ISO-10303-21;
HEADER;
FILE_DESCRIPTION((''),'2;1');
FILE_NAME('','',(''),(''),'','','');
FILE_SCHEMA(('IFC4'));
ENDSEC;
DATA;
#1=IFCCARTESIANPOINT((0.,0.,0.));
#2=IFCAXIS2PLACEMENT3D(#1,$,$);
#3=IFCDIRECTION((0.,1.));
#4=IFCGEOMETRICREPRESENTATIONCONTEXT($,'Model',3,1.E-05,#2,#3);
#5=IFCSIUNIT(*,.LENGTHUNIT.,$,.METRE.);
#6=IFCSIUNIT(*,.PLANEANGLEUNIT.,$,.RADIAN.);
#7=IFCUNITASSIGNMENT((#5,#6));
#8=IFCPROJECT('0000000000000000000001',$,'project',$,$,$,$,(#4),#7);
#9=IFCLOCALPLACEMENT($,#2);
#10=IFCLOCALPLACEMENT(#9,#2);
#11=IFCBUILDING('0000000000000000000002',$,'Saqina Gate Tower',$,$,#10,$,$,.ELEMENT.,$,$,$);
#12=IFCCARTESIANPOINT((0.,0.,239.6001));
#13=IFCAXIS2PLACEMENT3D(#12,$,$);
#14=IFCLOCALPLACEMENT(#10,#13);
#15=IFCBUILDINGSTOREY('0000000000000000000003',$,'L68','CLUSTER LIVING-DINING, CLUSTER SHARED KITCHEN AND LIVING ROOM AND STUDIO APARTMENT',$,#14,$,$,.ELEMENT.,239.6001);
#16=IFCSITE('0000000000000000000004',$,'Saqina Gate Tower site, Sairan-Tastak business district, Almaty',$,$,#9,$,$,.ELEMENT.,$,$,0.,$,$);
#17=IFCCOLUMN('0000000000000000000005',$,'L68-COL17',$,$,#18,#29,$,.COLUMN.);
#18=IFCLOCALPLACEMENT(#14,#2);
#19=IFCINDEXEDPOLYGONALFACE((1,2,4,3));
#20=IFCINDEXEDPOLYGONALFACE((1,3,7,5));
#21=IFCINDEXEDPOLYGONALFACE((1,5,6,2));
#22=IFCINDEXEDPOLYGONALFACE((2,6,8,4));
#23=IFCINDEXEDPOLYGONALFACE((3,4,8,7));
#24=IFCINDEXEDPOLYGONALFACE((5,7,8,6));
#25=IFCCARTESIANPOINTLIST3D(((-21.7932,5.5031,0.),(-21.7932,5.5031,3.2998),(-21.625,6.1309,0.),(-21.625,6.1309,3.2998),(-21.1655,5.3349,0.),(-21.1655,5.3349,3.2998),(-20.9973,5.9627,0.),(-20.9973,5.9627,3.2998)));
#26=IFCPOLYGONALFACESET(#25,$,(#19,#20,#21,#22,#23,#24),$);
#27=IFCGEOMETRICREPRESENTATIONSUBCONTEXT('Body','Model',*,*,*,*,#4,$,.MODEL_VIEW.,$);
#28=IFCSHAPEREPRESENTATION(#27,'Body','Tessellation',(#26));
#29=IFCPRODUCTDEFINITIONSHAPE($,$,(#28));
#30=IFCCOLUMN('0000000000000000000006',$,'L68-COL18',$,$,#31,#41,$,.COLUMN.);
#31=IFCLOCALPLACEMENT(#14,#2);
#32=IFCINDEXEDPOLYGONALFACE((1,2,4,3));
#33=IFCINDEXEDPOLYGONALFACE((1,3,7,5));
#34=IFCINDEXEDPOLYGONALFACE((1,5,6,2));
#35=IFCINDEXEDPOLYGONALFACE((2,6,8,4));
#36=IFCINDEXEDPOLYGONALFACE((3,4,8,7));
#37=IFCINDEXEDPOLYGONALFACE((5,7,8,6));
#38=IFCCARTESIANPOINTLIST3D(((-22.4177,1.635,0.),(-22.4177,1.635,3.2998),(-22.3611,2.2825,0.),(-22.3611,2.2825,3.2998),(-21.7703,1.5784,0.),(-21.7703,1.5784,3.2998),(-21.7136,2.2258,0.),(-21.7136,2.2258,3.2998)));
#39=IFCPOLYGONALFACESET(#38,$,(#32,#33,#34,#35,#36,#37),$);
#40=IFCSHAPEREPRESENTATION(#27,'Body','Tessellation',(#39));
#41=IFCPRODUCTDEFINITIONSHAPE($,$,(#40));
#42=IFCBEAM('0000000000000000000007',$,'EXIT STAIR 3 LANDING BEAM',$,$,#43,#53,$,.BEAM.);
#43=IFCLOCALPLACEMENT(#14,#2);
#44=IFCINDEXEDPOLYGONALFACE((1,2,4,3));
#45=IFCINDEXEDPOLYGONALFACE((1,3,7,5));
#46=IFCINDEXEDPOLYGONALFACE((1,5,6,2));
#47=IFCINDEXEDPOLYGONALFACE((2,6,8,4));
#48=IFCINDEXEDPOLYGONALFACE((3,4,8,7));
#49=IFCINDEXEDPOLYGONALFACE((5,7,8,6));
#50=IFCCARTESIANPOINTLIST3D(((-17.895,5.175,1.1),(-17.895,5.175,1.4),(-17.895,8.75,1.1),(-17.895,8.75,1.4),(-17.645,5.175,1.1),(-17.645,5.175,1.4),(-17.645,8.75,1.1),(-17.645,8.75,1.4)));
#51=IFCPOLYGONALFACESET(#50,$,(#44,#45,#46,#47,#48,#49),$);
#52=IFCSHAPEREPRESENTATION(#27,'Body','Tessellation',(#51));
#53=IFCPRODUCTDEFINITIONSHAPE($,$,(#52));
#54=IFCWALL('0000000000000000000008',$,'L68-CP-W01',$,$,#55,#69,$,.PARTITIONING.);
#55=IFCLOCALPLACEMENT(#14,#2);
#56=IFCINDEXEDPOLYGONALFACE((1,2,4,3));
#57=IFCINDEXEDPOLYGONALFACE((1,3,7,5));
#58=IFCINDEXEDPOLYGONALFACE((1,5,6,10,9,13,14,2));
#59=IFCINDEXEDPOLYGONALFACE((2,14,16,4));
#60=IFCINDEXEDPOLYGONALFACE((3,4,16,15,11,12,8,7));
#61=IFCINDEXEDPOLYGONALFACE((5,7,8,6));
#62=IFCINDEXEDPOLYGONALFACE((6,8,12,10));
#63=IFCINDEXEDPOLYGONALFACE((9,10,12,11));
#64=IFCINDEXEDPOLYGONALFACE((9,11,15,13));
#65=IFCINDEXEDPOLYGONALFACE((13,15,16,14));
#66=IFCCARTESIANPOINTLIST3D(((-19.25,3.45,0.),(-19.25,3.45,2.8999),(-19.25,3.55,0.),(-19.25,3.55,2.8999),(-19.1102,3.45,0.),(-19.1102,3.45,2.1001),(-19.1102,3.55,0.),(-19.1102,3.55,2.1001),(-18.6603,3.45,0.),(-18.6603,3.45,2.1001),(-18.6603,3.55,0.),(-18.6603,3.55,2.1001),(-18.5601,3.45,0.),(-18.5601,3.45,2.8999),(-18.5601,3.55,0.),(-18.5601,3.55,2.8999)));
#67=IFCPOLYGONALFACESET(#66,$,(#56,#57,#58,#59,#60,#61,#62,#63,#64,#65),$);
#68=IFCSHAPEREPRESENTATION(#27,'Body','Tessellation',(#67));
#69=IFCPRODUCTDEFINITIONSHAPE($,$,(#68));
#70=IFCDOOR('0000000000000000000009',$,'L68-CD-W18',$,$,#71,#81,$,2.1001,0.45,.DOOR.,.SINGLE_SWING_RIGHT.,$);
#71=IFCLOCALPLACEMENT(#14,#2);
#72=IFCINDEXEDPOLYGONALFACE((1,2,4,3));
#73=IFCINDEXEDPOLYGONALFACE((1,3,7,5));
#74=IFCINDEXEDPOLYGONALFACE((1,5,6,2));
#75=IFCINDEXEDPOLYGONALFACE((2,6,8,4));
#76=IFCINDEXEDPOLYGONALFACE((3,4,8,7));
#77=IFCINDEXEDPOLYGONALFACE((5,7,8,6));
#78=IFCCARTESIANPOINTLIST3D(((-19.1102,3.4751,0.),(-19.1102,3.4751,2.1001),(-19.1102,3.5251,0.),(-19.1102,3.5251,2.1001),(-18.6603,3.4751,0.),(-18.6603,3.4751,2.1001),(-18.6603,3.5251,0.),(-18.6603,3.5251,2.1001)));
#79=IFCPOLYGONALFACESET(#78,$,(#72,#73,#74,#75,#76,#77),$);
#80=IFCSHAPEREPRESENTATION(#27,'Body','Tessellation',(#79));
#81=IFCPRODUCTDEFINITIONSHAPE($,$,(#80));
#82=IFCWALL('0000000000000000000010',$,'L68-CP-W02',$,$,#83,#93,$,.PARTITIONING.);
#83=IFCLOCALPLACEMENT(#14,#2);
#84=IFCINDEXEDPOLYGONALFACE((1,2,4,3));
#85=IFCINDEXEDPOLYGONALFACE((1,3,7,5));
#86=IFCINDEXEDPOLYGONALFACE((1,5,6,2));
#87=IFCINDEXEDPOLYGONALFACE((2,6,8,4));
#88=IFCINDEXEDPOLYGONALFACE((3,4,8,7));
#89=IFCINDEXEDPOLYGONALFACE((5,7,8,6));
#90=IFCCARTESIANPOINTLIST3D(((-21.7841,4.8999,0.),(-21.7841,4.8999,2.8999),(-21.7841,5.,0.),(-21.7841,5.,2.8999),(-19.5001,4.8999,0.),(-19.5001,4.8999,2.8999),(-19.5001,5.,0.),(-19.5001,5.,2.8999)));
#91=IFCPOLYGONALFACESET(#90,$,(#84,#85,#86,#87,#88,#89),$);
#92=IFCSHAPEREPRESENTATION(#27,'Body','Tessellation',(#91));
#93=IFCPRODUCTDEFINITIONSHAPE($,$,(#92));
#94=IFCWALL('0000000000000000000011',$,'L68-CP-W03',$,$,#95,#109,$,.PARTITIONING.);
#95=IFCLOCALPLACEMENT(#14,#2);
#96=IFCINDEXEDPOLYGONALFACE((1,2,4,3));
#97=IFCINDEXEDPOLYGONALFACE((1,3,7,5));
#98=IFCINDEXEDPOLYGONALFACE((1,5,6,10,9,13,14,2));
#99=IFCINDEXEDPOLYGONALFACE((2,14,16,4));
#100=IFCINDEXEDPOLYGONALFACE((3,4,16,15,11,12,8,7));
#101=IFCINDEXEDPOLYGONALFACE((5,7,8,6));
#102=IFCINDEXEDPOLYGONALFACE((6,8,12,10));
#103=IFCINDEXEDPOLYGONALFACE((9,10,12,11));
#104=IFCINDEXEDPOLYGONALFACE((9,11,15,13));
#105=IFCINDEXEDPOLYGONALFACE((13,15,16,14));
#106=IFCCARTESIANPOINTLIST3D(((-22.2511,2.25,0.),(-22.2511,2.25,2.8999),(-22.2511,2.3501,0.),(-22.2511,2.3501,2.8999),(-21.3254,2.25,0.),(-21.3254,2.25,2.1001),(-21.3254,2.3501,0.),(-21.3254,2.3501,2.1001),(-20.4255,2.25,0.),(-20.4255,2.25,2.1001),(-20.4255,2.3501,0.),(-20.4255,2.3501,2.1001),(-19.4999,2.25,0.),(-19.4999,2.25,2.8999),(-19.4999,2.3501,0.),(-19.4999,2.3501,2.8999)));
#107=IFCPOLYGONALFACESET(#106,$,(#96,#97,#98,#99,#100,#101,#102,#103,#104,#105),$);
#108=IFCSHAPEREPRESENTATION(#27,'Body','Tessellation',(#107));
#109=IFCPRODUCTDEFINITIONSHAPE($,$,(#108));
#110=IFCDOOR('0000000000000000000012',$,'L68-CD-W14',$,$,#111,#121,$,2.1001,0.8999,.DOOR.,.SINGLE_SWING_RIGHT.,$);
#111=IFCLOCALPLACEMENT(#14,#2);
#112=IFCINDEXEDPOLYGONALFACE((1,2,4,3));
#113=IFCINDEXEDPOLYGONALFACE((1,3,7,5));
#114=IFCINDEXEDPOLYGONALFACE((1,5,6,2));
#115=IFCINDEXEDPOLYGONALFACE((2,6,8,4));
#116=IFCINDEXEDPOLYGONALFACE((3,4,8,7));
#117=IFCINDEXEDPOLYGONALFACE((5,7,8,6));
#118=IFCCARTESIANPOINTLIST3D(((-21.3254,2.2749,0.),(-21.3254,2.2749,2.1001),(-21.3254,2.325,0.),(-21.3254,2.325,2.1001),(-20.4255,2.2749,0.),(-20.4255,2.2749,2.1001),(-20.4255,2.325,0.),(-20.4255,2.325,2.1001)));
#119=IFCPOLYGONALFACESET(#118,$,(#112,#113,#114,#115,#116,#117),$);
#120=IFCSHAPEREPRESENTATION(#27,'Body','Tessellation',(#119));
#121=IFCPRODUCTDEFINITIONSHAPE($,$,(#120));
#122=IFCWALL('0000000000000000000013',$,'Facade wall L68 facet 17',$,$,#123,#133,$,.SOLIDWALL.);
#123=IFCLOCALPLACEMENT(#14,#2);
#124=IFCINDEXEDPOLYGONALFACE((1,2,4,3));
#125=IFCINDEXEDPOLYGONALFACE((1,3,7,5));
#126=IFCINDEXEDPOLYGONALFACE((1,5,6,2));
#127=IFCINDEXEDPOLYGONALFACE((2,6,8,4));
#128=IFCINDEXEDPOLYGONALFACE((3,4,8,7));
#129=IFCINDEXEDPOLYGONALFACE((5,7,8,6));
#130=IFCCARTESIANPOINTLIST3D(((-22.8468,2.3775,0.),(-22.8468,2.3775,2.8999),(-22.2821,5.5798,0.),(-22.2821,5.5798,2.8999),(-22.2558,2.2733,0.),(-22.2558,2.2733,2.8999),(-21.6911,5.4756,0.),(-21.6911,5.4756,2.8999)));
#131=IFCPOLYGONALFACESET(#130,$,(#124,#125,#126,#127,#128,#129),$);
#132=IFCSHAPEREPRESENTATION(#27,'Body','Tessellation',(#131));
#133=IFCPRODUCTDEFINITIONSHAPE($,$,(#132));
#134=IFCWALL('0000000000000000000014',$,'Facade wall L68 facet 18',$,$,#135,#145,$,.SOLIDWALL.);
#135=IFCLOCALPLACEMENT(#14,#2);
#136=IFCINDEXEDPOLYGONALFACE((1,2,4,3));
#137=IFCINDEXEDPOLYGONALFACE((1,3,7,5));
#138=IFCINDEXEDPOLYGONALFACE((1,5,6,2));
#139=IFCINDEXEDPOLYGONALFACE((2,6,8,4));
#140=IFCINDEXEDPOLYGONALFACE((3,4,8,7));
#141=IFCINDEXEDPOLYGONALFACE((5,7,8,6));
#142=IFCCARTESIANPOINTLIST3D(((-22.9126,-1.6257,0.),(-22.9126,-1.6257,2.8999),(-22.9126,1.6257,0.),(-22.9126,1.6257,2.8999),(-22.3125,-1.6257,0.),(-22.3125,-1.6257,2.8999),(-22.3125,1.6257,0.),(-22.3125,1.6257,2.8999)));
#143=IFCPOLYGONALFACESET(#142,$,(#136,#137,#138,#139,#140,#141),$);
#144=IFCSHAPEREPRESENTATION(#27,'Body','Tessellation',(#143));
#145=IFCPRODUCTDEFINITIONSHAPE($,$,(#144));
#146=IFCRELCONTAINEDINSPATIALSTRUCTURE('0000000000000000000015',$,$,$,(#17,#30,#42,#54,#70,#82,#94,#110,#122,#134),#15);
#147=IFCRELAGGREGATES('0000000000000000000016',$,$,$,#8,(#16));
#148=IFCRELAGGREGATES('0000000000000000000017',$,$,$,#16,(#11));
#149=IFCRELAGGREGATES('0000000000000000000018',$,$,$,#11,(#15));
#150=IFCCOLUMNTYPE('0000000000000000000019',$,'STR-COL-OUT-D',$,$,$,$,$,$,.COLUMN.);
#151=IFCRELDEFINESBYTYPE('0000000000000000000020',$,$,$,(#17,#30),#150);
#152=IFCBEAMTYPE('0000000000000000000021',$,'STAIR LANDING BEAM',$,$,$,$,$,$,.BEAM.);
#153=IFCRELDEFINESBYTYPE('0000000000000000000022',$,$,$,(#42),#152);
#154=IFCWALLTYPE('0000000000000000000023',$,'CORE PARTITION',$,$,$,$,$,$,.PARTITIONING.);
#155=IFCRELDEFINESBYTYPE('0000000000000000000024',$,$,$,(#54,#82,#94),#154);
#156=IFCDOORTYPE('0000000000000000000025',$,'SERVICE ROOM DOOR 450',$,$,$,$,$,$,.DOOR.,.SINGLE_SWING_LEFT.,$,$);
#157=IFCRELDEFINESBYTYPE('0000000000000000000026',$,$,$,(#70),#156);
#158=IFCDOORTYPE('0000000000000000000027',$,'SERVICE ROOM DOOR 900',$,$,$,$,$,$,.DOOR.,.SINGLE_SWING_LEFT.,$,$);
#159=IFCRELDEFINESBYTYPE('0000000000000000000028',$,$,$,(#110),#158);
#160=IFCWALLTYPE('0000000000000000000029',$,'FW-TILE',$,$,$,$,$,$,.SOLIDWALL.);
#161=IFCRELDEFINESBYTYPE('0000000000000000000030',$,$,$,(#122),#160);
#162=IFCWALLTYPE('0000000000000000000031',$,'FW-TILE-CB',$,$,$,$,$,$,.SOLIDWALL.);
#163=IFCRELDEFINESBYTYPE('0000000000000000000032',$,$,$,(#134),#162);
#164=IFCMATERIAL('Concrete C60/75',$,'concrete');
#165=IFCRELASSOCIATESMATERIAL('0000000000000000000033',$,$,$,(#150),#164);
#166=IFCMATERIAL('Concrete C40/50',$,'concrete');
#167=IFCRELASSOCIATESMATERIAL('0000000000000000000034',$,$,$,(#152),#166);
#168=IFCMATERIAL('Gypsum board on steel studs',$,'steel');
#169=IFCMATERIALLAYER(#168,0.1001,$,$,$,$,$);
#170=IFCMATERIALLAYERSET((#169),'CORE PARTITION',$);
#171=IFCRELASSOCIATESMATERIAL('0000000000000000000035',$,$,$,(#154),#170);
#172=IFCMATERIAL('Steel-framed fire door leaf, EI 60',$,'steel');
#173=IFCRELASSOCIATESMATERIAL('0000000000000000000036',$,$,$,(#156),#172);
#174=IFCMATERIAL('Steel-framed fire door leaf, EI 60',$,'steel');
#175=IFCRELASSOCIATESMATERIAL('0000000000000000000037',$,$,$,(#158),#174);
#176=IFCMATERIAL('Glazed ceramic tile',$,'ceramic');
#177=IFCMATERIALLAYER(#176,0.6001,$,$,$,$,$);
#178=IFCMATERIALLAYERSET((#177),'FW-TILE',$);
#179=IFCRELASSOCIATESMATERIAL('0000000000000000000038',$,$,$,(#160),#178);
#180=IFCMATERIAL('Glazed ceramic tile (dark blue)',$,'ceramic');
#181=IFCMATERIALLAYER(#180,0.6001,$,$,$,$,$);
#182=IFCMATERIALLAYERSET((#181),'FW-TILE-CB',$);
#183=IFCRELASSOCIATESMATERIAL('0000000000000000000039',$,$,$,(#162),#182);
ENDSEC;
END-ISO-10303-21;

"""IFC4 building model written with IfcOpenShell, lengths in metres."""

from ifc_helpers import new_model, si_unit, direction, frame, frame_2d, origin, origin_2d, place, context, subcontext, project, spatial, rectangle, extrude, material, layer, layer_set, material_profile, profile_set, type_object, element, fill, save


model = new_model("IFC4")

# Units and contexts
model_context = context("Model", 3, precision=1e-05, world=origin(), true_north=direction((0.0, 1.0)))
body_context = subcontext(model_context, "Body", "Model", "MODEL_VIEW")
ifc_project = project(units=[si_unit("LENGTHUNIT", "METRE"), si_unit("PLANEANGLEUNIT", "RADIAN")], contexts=[model_context])

# Site, building, storey
site_placement = place(None, origin())
site = spatial("IfcSite", under=ifc_project, at=site_placement, Name="Saqina Gate Tower site, Sairan-Tastak business district, Almaty", CompositionType="ELEMENT", RefElevation=0.0)
building_placement = place(site_placement, origin())
building = spatial("IfcBuilding", under=site, at=building_placement, Name="Saqina Gate Tower", CompositionType="ELEMENT")
storey_placement = place(building_placement, frame((0.0, 0.0, 239.6001)))
storey = spatial("IfcBuildingStorey", under=building, at=storey_placement, Name="L68", Description="CLUSTER LIVING-DINING, CLUSTER SHARED KITCHEN AND LIVING ROOM AND STUDIO APARTMENT", CompositionType="ELEMENT", Elevation=239.6001)

# Columns
ifc_material_1 = material(Name="Concrete C60/75", Category="concrete")
ifc_material_profile_1 = material_profile(ifc_material_1, rectangle(XDim=0.6499, YDim=0.6499, at=origin_2d()), Name="RC 650x650")
ifc_profile_set_1 = profile_set([ifc_material_profile_1], Name="Concrete C60/75")
column_type = type_object("IfcColumnType", Name="STR-COL-OUT-D", PredefinedType="COLUMN", material=ifc_profile_set_1)
for number, where, z_axis, x_axis, name in (
    (1, (-21.3953, 5.7329, 0.0), (0.0, 0.0, 1.0), (-0.965926, 0.258819, 0.0), "L68-COL17"),
    (2, (-22.0657, 1.9304, 0.0), (0.0, 0.0, 1.0), (-0.996195, 0.087156, 0.0), "L68-COL18"),
):
    element("IfcColumn", number, at=place(storey_placement, frame(where, z_axis=z_axis, x_axis=x_axis)), inside=storey, type_object=column_type, Name=name, PredefinedType="COLUMN", context=body_context, shape_type="SweptSolid", body=[
        extrude(rectangle(XDim=0.6499, YDim=0.6499, at=origin_2d()), origin(), (0.0, 0.0, 1.0), 3.2998),
    ])

# Beam
ifc_material_2 = material(Name="Concrete C40/50", Category="concrete")
ifc_material_profile_2 = material_profile(ifc_material_2, rectangle(XDim=0.25, YDim=0.3, at=origin_2d()), Name="STAIR LANDING BEAM")
ifc_profile_set_2 = profile_set([ifc_material_profile_2], Name="Concrete C40/50")
beam_type = type_object("IfcBeamType", Name="STAIR LANDING BEAM", PredefinedType="BEAM", material=ifc_profile_set_2)
beam_placement = place(storey_placement, frame((-17.77, 5.175, 1.25), z_axis=(0.0, 1.0, 0.0), x_axis=(-1.0, 0.0, 0.0)))
element("IfcBeam", 3, at=beam_placement, inside=storey, type_object=beam_type, Name="EXIT STAIR 3 LANDING BEAM", PredefinedType="BEAM", context=body_context, shape_type="SweptSolid", body=[
    extrude(rectangle(XDim=0.25, YDim=0.3, at=origin_2d()), origin(), (0.0, 0.0, 1.0), 3.575),
])

# Wall, opening, door
ifc_material_3 = material(Name="Gypsum board on steel studs", Category="steel")
ifc_layer_1 = layer(ifc_material_3, 0.1001)
ifc_layer_set_1 = layer_set([ifc_layer_1], Name="CORE PARTITION")
wall_type_1 = type_object("IfcWallType", Name="CORE PARTITION", PredefinedType="PARTITIONING", material=ifc_layer_set_1)
wall_1_placement = place(storey_placement, frame((-18.5601, 3.5, 0.0), z_axis=(0.0, 0.0, 1.0), x_axis=(-1.0, 0.0, 0.0)))
wall_1 = element("IfcWall", 4, at=wall_1_placement, inside=storey, type_object=wall_type_1, Name="L68-CP-W01", PredefinedType="PARTITIONING", context=body_context, shape_type="SweptSolid", body=[
    extrude(rectangle(XDim=0.6899, YDim=0.1001, at=frame_2d((0.345, 0.0))), origin(), (0.0, 0.0, 1.0), 2.8999),
])
opening_1_placement = place(wall_1_placement, frame((0.1001, 0.0, 0.0)))
opening_1 = element("IfcOpeningElement", 5, at=opening_1_placement, cuts=wall_1, PredefinedType="OPENING", context=body_context, shape_type="SweptSolid", body=[
    extrude(rectangle(XDim=0.45, YDim=2.1001, at=frame_2d((0.2251, 1.05))), frame((0.0, 0.062, 0.0), z_axis=(0.0, -1.0, 0.0), x_axis=(1.0, 0.0, 0.0)), (0.0, 0.0, 1.0), 0.124),
])
ifc_material_4 = material(Name="Steel-framed fire door leaf, EI 60", Category="steel")
door_type_1 = type_object("IfcDoorType", Name="SERVICE ROOM DOOR 450", OperationType="SINGLE_SWING_LEFT", PredefinedType="DOOR", material=ifc_material_4)
door_1_placement = place(opening_1_placement, origin())
door_1 = element("IfcDoor", 6, at=door_1_placement, inside=storey, type_object=door_type_1, Name="L68-CD-W18", OperationType="SINGLE_SWING_RIGHT", OverallHeight=2.1001, OverallWidth=0.45, PredefinedType="DOOR", context=body_context, shape_type="SweptSolid", body=[
    extrude(rectangle(XDim=0.45, YDim=2.1001, at=frame_2d((0.2251, 1.05))), frame((0.0, 0.0249, 0.0), z_axis=(0.0, -1.0, 0.0), x_axis=(1.0, 0.0, 0.0)), (0.0, 0.0, 1.0), 0.05),
])
fill(opening_1, door_1)

# Wall
wall_2_placement = place(storey_placement, frame((-19.5, 4.95, 0.0), z_axis=(0.0, 0.0, 1.0), x_axis=(-1.0, 0.0, 0.0)))
element("IfcWall", 7, at=wall_2_placement, inside=storey, type_object=wall_type_1, Name="L68-CP-W02", PredefinedType="PARTITIONING", context=body_context, shape_type="SweptSolid", body=[
    extrude(rectangle(XDim=2.2839, YDim=0.1001, at=frame_2d((1.1421, 0.0))), origin(), (0.0, 0.0, 1.0), 2.8999),
])

# Wall, opening, door
wall_3_placement = place(storey_placement, frame((-19.5, 2.3, 0.0), z_axis=(0.0, 0.0, 1.0), x_axis=(-1.0, 0.0, 0.0)))
wall_3 = element("IfcWall", 8, at=wall_3_placement, inside=storey, type_object=wall_type_1, Name="L68-CP-W03", PredefinedType="PARTITIONING", context=body_context, shape_type="SweptSolid", body=[
    extrude(rectangle(XDim=2.7512, YDim=0.1001, at=frame_2d((1.3755, 0.0))), origin(), (0.0, 0.0, 1.0), 2.8999),
])
opening_2_placement = place(wall_3_placement, frame((0.9255, 0.0, 0.0)))
opening_2 = element("IfcOpeningElement", 9, at=opening_2_placement, cuts=wall_3, PredefinedType="OPENING", context=body_context, shape_type="SweptSolid", body=[
    extrude(rectangle(XDim=0.8999, YDim=2.1001, at=frame_2d((0.45, 1.05))), frame((0.0, 0.062, 0.0), z_axis=(0.0, -1.0, 0.0), x_axis=(1.0, 0.0, 0.0)), (0.0, 0.0, 1.0), 0.124),
])
ifc_material_5 = material(Name="Steel-framed fire door leaf, EI 60", Category="steel")
door_type_2 = type_object("IfcDoorType", Name="SERVICE ROOM DOOR 900", OperationType="SINGLE_SWING_LEFT", PredefinedType="DOOR", material=ifc_material_5)
door_2_placement = place(opening_2_placement, frame((0.8999, 0.0, 0.0), z_axis=(0.0, 0.0, 1.0), x_axis=(-1.0, 0.0, 0.0)))
door_2 = element("IfcDoor", 10, at=door_2_placement, inside=storey, type_object=door_type_2, Name="L68-CD-W14", OperationType="SINGLE_SWING_RIGHT", OverallHeight=2.1001, OverallWidth=0.8999, PredefinedType="DOOR", context=body_context, shape_type="SweptSolid", body=[
    extrude(rectangle(XDim=0.8999, YDim=2.1001, at=frame_2d((0.45, 1.05))), frame((0.0, 0.0249, 0.0), z_axis=(0.0, -1.0, 0.0), x_axis=(1.0, 0.0, 0.0)), (0.0, 0.0, 1.0), 0.05),
])
fill(opening_2, door_2)

# Walls
ifc_material_6 = material(Name="Glazed ceramic tile", Category="ceramic")
ifc_layer_2 = layer(ifc_material_6, 0.6001)
ifc_layer_set_2 = layer_set([ifc_layer_2], Name="FW-TILE")
wall_type_2 = type_object("IfcWallType", Name="FW-TILE", PredefinedType="SOLIDWALL", material=ifc_layer_set_2)
wall_4_placement = place(storey_placement, frame((-21.9866, 5.5278, 0.0), z_axis=(0.0, 0.0, 1.0), x_axis=(-0.173657, -0.984806, 0.0)))
element("IfcWall", 11, at=wall_4_placement, inside=storey, type_object=wall_type_2, Name="Facade wall L68 facet 17", PredefinedType="SOLIDWALL", context=body_context, shape_type="SweptSolid", body=[
    extrude(rectangle(XDim=3.2517, YDim=0.6001, at=frame_2d((1.626, 0.0))), origin(), (0.0, 0.0, 1.0), 2.8999),
])
ifc_material_7 = material(Name="Glazed ceramic tile (dark blue)", Category="ceramic")
ifc_layer_3 = layer(ifc_material_7, 0.6001)
ifc_layer_set_3 = layer_set([ifc_layer_3], Name="FW-TILE-CB")
wall_type_3 = type_object("IfcWallType", Name="FW-TILE-CB", PredefinedType="SOLIDWALL", material=ifc_layer_set_3)
wall_5_placement = place(storey_placement, frame((-22.6125, 1.6257, 0.0), z_axis=(0.0, 0.0, 1.0), x_axis=(0.0, -1.0, 0.0)))
element("IfcWall", 12, at=wall_5_placement, inside=storey, type_object=wall_type_3, Name="Facade wall L68 facet 18", PredefinedType="SOLIDWALL", context=body_context, shape_type="SweptSolid", body=[
    extrude(rectangle(XDim=3.2515, YDim=0.6001, at=frame_2d((1.6257, 0.0))), origin(), (0.0, 0.0, 1.0), 2.8999),
])

save(model, "model.ifc")
